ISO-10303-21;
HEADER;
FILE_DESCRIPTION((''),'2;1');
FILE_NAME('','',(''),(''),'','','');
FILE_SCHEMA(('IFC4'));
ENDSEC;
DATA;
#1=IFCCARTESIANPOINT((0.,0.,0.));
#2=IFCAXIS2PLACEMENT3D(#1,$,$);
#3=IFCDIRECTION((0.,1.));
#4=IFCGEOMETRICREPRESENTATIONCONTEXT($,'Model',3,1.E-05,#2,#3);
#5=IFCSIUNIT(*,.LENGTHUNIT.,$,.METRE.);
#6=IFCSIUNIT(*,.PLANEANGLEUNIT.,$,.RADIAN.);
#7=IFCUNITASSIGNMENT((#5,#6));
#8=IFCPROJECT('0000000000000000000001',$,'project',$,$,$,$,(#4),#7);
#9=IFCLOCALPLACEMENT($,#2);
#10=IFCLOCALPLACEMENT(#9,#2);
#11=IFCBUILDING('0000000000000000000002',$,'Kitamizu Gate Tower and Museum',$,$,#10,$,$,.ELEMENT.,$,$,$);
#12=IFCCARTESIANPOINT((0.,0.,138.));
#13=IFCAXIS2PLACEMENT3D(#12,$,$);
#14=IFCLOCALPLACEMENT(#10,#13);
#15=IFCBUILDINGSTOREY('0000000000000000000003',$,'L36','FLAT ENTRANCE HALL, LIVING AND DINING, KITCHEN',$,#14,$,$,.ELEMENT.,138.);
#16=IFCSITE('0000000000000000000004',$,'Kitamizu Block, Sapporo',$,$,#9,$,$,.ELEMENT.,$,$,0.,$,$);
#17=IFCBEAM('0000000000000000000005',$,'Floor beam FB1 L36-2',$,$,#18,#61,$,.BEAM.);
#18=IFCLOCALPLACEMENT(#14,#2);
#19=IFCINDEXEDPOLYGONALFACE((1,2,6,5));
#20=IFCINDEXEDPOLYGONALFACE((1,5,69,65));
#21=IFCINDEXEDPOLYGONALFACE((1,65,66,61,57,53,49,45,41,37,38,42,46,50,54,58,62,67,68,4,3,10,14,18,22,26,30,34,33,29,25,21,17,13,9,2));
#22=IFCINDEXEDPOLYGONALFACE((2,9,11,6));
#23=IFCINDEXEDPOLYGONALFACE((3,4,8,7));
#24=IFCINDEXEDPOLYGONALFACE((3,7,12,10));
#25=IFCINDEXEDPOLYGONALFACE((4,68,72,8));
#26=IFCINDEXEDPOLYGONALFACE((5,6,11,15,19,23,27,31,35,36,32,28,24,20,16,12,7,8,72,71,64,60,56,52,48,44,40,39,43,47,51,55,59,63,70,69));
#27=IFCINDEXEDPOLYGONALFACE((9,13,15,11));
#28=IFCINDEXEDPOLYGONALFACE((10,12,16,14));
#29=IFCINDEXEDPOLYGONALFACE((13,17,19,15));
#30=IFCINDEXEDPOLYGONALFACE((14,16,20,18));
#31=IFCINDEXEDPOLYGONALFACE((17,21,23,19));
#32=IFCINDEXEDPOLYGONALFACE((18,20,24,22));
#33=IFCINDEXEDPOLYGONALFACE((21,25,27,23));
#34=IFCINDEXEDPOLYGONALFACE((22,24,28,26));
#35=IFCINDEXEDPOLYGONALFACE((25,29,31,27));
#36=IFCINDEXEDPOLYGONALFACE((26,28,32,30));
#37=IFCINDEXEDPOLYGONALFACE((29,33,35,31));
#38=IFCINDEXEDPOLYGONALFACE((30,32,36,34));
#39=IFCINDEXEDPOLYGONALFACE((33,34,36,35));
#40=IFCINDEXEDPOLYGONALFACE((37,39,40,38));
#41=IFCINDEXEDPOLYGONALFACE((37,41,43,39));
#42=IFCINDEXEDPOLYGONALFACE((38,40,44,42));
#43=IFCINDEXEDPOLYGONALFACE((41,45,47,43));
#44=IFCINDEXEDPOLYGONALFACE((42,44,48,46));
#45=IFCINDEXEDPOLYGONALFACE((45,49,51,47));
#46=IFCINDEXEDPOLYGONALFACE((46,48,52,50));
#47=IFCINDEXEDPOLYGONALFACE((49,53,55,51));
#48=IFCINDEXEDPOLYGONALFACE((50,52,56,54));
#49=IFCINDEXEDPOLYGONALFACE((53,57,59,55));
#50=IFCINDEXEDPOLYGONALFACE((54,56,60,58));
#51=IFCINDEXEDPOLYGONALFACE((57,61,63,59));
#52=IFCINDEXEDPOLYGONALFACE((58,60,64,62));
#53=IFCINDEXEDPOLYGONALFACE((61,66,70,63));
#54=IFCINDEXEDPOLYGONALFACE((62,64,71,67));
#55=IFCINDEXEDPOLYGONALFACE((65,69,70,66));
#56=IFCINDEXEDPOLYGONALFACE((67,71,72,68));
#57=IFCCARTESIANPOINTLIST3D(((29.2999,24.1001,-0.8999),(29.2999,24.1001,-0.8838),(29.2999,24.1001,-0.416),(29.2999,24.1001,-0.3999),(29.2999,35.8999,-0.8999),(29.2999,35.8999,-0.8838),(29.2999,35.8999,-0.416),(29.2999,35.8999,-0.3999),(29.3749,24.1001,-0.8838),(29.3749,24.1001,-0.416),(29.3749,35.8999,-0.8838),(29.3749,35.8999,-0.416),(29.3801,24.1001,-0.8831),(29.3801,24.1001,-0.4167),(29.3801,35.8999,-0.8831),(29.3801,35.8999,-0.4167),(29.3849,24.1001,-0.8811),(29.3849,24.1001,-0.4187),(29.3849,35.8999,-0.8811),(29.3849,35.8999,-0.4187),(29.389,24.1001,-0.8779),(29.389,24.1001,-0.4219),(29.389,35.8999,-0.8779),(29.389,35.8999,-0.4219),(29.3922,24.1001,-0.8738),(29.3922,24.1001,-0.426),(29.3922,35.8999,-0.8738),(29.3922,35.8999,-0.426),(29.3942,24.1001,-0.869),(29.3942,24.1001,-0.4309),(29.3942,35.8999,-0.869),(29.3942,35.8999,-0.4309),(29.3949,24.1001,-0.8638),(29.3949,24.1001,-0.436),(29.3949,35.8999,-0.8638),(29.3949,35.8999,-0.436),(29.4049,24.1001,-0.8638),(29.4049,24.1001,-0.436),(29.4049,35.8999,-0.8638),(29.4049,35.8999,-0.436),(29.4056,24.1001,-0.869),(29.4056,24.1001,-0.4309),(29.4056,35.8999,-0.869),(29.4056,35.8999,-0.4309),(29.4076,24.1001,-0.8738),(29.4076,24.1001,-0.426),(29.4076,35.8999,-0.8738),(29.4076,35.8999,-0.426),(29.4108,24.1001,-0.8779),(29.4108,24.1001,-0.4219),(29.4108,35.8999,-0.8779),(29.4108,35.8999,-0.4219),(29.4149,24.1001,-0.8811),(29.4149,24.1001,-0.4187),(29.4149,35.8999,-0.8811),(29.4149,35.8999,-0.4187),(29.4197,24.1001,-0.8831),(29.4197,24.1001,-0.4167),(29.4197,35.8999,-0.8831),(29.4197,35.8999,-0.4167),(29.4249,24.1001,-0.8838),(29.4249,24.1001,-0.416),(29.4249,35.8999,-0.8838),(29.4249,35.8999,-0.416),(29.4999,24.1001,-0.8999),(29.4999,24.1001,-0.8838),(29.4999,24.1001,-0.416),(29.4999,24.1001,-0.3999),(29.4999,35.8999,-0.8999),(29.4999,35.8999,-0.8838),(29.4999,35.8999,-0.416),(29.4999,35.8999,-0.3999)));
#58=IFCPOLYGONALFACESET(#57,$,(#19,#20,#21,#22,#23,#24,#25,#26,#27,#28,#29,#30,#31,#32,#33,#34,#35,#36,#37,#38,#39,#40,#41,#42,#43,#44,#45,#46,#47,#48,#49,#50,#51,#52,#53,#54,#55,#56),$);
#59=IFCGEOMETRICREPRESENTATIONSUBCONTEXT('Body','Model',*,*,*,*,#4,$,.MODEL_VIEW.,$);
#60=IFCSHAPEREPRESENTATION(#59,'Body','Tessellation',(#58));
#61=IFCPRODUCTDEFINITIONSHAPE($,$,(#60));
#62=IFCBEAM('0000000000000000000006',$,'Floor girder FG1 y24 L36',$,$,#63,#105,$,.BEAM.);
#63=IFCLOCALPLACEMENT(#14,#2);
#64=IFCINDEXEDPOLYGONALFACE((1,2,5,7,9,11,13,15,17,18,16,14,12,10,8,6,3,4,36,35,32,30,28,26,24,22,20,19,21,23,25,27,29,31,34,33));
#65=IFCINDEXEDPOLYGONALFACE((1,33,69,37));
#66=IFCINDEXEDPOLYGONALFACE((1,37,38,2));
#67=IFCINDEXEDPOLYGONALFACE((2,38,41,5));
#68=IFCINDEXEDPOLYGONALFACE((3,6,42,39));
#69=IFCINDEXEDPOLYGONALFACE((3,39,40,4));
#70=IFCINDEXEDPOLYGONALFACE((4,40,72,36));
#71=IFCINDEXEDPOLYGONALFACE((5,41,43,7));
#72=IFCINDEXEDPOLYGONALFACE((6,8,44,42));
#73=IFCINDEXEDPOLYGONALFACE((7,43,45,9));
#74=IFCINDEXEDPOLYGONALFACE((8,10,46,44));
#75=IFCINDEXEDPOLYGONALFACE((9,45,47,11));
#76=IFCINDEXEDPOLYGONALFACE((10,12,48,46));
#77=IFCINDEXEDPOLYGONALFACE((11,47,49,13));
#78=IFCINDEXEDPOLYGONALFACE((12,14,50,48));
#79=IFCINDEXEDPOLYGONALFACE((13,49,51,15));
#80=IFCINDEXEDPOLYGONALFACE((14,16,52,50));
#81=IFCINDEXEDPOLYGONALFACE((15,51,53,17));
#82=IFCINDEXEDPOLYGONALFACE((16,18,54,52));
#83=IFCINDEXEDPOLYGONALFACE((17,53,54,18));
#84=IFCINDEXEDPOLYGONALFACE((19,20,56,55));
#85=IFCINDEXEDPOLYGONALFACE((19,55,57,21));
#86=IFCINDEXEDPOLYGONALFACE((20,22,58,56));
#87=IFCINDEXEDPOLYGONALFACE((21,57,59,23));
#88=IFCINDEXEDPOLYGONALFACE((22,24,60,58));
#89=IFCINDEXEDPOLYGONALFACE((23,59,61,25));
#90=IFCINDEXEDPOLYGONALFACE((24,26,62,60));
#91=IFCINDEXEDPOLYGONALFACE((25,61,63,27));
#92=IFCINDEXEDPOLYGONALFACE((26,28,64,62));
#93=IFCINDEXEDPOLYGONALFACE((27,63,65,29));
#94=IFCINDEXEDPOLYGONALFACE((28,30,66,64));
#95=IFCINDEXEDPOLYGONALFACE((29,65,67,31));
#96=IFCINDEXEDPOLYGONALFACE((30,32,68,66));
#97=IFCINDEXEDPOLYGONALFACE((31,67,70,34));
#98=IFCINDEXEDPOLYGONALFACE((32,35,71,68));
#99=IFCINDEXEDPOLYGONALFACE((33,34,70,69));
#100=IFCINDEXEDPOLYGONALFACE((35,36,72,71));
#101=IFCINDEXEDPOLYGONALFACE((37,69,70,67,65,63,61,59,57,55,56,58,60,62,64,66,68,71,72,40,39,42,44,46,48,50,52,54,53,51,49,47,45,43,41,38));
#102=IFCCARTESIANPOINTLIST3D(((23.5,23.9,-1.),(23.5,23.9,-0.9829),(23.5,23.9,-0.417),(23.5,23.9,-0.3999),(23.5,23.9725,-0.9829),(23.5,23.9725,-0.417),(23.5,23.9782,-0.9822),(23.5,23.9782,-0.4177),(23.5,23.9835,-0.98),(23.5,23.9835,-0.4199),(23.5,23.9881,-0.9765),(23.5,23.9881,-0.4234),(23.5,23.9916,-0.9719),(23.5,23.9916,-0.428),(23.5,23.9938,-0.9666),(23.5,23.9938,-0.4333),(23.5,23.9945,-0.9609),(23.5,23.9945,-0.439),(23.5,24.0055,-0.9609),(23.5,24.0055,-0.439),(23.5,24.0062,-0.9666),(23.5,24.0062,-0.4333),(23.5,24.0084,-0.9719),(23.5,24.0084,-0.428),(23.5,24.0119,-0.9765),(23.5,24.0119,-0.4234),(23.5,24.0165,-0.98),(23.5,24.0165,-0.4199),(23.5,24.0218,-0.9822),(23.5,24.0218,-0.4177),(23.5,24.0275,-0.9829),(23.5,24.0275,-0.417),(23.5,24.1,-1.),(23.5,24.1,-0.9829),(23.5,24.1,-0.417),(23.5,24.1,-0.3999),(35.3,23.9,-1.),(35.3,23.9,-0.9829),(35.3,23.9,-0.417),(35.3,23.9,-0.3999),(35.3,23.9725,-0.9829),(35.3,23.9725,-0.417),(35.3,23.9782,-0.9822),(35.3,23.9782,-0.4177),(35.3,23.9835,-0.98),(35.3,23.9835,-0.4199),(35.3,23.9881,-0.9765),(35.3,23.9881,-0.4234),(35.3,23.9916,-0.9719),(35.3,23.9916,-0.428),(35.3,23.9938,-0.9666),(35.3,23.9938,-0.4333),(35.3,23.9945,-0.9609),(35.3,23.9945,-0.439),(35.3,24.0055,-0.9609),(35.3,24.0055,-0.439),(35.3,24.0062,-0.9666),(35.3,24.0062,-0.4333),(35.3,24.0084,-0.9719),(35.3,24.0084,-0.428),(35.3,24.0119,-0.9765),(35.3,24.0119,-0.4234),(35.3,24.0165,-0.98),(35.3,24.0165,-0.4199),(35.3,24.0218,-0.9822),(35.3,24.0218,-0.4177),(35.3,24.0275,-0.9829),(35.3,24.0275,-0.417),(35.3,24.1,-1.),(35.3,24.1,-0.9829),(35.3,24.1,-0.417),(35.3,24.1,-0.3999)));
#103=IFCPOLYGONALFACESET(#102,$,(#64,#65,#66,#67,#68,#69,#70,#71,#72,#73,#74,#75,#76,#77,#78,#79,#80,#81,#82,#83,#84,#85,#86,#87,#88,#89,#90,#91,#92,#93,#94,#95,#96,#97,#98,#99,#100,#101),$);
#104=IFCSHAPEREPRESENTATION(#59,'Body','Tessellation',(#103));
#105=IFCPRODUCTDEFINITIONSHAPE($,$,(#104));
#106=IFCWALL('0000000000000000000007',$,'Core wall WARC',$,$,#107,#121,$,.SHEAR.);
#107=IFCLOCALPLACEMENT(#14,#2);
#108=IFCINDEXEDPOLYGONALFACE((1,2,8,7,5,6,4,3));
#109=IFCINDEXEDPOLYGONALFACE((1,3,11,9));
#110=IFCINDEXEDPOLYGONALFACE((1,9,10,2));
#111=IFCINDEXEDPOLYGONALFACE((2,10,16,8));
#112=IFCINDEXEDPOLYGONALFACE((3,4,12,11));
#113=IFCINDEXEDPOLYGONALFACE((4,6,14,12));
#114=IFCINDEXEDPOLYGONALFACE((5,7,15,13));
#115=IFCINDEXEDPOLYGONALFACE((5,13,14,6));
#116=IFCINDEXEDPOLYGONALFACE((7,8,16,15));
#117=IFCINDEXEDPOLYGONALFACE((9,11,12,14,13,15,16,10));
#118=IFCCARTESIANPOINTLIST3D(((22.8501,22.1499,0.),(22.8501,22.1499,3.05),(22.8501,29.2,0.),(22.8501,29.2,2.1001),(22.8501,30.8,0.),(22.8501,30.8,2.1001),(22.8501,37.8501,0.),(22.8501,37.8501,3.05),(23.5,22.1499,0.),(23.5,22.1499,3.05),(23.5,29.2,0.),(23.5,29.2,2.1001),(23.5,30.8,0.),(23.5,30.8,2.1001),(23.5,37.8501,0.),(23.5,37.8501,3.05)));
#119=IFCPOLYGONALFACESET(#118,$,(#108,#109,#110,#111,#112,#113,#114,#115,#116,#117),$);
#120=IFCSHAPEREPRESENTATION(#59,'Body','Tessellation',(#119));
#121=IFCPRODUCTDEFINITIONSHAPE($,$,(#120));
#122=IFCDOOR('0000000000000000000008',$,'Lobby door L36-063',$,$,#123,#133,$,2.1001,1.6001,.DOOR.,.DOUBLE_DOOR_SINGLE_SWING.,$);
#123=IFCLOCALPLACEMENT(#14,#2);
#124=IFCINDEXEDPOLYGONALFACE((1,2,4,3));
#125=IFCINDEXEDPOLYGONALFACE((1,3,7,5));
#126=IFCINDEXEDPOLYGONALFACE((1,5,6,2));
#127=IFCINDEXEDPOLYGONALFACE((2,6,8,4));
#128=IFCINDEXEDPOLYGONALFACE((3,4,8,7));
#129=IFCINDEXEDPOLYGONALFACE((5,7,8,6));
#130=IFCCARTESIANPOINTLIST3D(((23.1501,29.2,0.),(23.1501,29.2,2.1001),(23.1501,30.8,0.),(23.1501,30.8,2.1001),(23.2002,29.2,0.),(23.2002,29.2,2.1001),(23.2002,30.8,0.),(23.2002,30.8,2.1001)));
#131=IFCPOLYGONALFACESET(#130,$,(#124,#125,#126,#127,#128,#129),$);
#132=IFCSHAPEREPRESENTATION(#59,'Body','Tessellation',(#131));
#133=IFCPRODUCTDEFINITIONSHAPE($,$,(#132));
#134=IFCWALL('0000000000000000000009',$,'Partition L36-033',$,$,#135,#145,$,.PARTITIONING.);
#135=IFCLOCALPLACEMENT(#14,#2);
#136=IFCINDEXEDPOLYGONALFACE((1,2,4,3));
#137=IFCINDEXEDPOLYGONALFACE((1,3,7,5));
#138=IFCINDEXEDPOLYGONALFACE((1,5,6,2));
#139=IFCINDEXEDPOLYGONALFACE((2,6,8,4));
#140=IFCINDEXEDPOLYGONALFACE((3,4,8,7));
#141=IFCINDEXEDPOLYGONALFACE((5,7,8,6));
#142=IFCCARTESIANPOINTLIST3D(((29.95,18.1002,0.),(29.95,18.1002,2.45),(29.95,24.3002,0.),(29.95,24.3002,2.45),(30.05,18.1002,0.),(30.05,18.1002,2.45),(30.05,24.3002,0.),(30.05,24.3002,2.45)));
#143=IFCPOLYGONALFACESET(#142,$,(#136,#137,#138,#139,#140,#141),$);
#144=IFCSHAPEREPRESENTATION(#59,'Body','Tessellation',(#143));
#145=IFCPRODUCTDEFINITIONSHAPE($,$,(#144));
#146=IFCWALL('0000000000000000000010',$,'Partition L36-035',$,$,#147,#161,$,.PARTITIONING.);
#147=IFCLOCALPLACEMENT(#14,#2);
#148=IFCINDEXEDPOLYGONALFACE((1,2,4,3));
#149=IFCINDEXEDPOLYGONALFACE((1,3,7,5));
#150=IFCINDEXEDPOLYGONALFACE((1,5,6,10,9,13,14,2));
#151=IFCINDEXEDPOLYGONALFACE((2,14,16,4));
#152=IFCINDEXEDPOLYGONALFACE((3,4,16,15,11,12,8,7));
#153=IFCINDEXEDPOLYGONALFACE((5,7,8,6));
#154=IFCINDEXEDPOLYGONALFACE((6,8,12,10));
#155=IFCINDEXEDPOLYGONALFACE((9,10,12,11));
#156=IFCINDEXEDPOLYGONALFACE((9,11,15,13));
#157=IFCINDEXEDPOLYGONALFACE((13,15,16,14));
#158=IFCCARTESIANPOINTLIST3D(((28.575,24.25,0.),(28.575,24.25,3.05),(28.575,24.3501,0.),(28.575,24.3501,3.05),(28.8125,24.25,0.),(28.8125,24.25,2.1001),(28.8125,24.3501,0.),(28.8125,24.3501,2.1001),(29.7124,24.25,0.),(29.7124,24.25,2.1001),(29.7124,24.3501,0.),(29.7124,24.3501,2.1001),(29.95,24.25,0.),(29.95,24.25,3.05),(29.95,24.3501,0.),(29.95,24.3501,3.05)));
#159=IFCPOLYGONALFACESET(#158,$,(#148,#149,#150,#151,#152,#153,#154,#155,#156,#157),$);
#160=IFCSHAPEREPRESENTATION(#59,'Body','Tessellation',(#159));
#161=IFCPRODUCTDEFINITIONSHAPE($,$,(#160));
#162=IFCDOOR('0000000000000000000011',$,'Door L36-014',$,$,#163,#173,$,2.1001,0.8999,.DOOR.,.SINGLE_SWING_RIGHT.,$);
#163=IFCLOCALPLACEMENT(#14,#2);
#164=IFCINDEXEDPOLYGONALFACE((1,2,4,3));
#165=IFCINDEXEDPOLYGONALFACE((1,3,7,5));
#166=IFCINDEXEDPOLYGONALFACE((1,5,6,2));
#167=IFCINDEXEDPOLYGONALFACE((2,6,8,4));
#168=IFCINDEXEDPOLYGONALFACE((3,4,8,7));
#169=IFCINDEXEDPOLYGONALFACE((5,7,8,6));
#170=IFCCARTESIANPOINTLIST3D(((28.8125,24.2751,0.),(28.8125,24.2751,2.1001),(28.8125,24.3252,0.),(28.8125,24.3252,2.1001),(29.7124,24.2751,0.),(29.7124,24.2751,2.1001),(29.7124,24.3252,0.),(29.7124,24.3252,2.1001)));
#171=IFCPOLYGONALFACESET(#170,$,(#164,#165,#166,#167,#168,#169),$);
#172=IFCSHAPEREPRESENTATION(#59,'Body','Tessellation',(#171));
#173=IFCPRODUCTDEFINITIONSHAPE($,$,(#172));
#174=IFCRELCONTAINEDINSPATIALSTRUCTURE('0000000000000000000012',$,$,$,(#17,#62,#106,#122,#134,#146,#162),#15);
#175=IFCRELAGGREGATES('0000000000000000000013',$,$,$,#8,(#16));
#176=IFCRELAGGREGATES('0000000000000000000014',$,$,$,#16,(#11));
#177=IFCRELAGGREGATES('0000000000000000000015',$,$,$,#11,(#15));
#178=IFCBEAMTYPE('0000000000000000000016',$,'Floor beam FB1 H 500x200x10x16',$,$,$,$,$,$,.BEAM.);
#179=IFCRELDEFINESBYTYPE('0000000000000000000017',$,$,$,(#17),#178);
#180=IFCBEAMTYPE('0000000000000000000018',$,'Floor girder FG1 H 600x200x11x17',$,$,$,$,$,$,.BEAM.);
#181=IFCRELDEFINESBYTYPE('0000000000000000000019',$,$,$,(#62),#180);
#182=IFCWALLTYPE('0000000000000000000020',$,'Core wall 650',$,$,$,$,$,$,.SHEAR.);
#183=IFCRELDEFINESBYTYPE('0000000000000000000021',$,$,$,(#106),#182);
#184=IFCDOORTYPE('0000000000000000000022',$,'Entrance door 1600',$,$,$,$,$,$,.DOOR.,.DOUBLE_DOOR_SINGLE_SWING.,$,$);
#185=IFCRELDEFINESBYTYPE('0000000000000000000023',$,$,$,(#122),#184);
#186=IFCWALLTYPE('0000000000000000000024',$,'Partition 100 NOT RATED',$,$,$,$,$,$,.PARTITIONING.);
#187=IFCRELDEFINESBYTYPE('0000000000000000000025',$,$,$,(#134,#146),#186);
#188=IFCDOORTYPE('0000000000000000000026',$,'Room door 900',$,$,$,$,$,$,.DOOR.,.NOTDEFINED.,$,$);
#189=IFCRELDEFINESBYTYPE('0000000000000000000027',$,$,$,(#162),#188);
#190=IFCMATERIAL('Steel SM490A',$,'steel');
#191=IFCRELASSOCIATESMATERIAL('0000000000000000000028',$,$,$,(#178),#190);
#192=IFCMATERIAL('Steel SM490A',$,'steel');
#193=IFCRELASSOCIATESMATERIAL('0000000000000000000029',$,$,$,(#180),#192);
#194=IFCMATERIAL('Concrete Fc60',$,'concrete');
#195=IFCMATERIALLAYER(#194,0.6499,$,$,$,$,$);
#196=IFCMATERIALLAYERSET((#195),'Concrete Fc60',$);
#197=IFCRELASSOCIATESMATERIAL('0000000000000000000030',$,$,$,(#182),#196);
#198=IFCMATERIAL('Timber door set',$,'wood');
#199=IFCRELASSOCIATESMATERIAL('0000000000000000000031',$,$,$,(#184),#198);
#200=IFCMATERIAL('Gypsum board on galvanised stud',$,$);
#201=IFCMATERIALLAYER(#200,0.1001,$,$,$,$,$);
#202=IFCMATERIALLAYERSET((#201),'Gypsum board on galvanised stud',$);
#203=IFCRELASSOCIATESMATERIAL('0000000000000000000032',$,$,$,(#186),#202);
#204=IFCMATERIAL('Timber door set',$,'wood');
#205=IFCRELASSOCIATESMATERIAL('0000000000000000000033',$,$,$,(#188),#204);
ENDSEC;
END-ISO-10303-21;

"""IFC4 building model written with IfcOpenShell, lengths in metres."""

from ifc_helpers import new_model, si_unit, direction, frame, frame_2d, origin, origin_2d, place, context, subcontext, project, spatial, rectangle, i_section, extrude, material, layer, layer_set, material_profile, profile_set, type_object, element, fill, save


model = new_model("IFC4")

# Units and contexts
model_context = context("Model", 3, precision=1e-05, world=origin(), true_north=direction((0.0, 1.0)))
body_context = subcontext(model_context, "Body", "Model", "MODEL_VIEW")
ifc_project = project(units=[si_unit("LENGTHUNIT", "METRE"), si_unit("PLANEANGLEUNIT", "RADIAN")], contexts=[model_context])

# Site, building, storey
site_placement = place(None, origin())
site = spatial("IfcSite", under=ifc_project, at=site_placement, Name="Kitamizu Block, Sapporo", CompositionType="ELEMENT", RefElevation=0.0)
building_placement = place(site_placement, origin())
building = spatial("IfcBuilding", under=site, at=building_placement, Name="Kitamizu Gate Tower and Museum", CompositionType="ELEMENT")
storey_placement = place(building_placement, frame((0.0, 0.0, 138.0)))
storey = spatial("IfcBuildingStorey", under=building, at=storey_placement, Name="L36", Description="FLAT ENTRANCE HALL, LIVING AND DINING, KITCHEN", CompositionType="ELEMENT", Elevation=138.0)

# Beams
ifc_material_1 = material(Name="Steel SM490A", Category="steel")
ifc_material_profile_1 = material_profile(ifc_material_1, i_section(OverallWidth=0.2, OverallDepth=0.5, WebThickness=0.01, FlangeThickness=0.0161, FilletRadius=0.02, at=origin_2d()), Name="H-500x200x10x16")
ifc_profile_set_1 = profile_set([ifc_material_profile_1], Name="Steel SM490A")
beam_type_1 = type_object("IfcBeamType", Name="Floor beam FB1 H 500x200x10x16", PredefinedType="BEAM", material=ifc_profile_set_1)
beam_1_placement = place(storey_placement, frame((29.3999, 24.1001, -0.6499), z_axis=(0.0, 1.0, 0.0), x_axis=(-1.0, 0.0, 0.0)))
element("IfcBeam", 1, at=beam_1_placement, inside=storey, type_object=beam_type_1, Name="Floor beam FB1 L36-2", PredefinedType="BEAM", context=body_context, shape_type="SweptSolid", body=[
    extrude(i_section(OverallWidth=0.2, OverallDepth=0.5, WebThickness=0.01, FlangeThickness=0.0161, FilletRadius=0.02, at=origin_2d()), origin(), (0.0, 0.0, 1.0), 11.7998),
])
ifc_material_2 = material(Name="Steel SM490A", Category="steel")
ifc_material_profile_2 = material_profile(ifc_material_2, i_section(OverallWidth=0.2, OverallDepth=0.6001, WebThickness=0.011, FlangeThickness=0.0171, FilletRadius=0.022, at=origin_2d()), Name="H-600x200x11x17")
ifc_profile_set_2 = profile_set([ifc_material_profile_2], Name="Steel SM490A")
beam_type_2 = type_object("IfcBeamType", Name="Floor girder FG1 H 600x200x11x17", PredefinedType="BEAM", material=ifc_profile_set_2)
beam_2_placement = place(storey_placement, frame((23.5, 24.0, -0.7), z_axis=(1.0, 0.0, 0.0), x_axis=(0.0, 1.0, 0.0)))
element("IfcBeam", 2, at=beam_2_placement, inside=storey, type_object=beam_type_2, Name="Floor girder FG1 y24 L36", PredefinedType="BEAM", context=body_context, shape_type="SweptSolid", body=[
    extrude(i_section(OverallWidth=0.2, OverallDepth=0.6001, WebThickness=0.011, FlangeThickness=0.0171, FilletRadius=0.022, at=origin_2d()), origin(), (0.0, 0.0, 1.0), 11.8),
])

# Wall, opening, door
ifc_material_3 = material(Name="Concrete Fc60", Category="concrete")
ifc_layer_1 = layer(ifc_material_3, 0.6499)
ifc_layer_set_1 = layer_set([ifc_layer_1], Name="Concrete Fc60")
wall_type_1 = type_object("IfcWallType", Name="Core wall 650", PredefinedType="SHEAR", material=ifc_layer_set_1)
wall_1_placement = place(storey_placement, frame((23.175, 22.1499, 0.0), z_axis=(0.0, 0.0, 1.0), x_axis=(0.0, 1.0, 0.0)))
wall_1 = element("IfcWall", 3, at=wall_1_placement, inside=storey, type_object=wall_type_1, Name="Core wall WARC", PredefinedType="SHEAR", context=body_context, shape_type="SweptSolid", body=[
    extrude(rectangle(XDim=15.7002, YDim=0.6499, at=frame_2d((7.8501, 0.0))), origin(), (0.0, 0.0, 1.0), 3.05),
])
opening_1_placement = place(wall_1_placement, frame((7.05, 0.0, 0.0)))
opening_1 = element("IfcOpeningElement", 4, at=opening_1_placement, cuts=wall_1, PredefinedType="OPENING", context=body_context, shape_type="SweptSolid", body=[
    extrude(rectangle(XDim=1.6001, YDim=2.1001, at=frame_2d((0.8, 1.05))), frame((0.0, 0.335, 0.0), z_axis=(0.0, -1.0, 0.0), x_axis=(1.0, 0.0, 0.0)), (0.0, 0.0, 1.0), 0.6699),
])
ifc_material_4 = material(Name="Timber door set", Category="wood")
door_type_1 = type_object("IfcDoorType", Name="Entrance door 1600", OperationType="DOUBLE_DOOR_SINGLE_SWING", PredefinedType="DOOR", material=ifc_material_4)
door_1_placement = place(opening_1_placement, origin())
door_1 = element("IfcDoor", 5, at=door_1_placement, inside=storey, type_object=door_type_1, Name="Lobby door L36-063", OperationType="DOUBLE_DOOR_SINGLE_SWING", OverallHeight=2.1001, OverallWidth=1.6001, PredefinedType="DOOR", context=body_context, shape_type="SweptSolid", body=[
    extrude(rectangle(XDim=1.6001, YDim=2.1001, at=frame_2d((0.8, 1.05))), frame((0.0, 0.0249, 0.0), z_axis=(0.0, -1.0, 0.0), x_axis=(1.0, 0.0, 0.0)), (0.0, 0.0, 1.0), 0.05),
])
fill(opening_1, door_1)

# Wall
ifc_material_5 = material(Name="Gypsum board on galvanised stud")
ifc_layer_2 = layer(ifc_material_5, 0.1001)
ifc_layer_set_2 = layer_set([ifc_layer_2], Name="Gypsum board on galvanised stud")
wall_type_2 = type_object("IfcWallType", Name="Partition 100 NOT RATED", PredefinedType="PARTITIONING", material=ifc_layer_set_2)
wall_2_placement = place(storey_placement, frame((30.0, 18.1001, 0.0), z_axis=(0.0, 0.0, 1.0), x_axis=(0.0, 1.0, 0.0)))
element("IfcWall", 6, at=wall_2_placement, inside=storey, type_object=wall_type_2, Name="Partition L36-033", PredefinedType="PARTITIONING", context=body_context, shape_type="SweptSolid", body=[
    extrude(rectangle(XDim=6.2, YDim=0.1001, at=frame_2d((3.1001, 0.0))), origin(), (0.0, 0.0, 1.0), 2.45),
])

# Wall, opening, door
wall_3_placement = place(storey_placement, frame((29.95, 24.3, 0.0), z_axis=(0.0, 0.0, 1.0), x_axis=(-1.0, 0.0, 0.0)))
wall_3 = element("IfcWall", 7, at=wall_3_placement, inside=storey, type_object=wall_type_2, Name="Partition L36-035", PredefinedType="PARTITIONING", context=body_context, shape_type="SweptSolid", body=[
    extrude(rectangle(XDim=1.375, YDim=0.1001, at=frame_2d((0.6875, 0.0))), origin(), (0.0, 0.0, 1.0), 3.05),
])
opening_2_placement = place(wall_3_placement, frame((0.2375, 0.0, 0.0)))
opening_2 = element("IfcOpeningElement", 8, at=opening_2_placement, cuts=wall_3, PredefinedType="OPENING", context=body_context, shape_type="SweptSolid", body=[
    extrude(rectangle(XDim=0.8999, YDim=2.1001, at=frame_2d((0.45, 1.05))), frame((0.0, 0.0601, 0.0), z_axis=(0.0, -1.0, 0.0), x_axis=(1.0, 0.0, 0.0)), (0.0, 0.0, 1.0), 0.1201),
])
ifc_material_6 = material(Name="Timber door set", Category="wood")
door_type_2 = type_object("IfcDoorType", Name="Room door 900", OperationType="NOTDEFINED", PredefinedType="DOOR", material=ifc_material_6)
door_2_placement = place(opening_2_placement, origin())
door_2 = element("IfcDoor", 9, at=door_2_placement, inside=storey, type_object=door_type_2, Name="Door L36-014", OperationType="SINGLE_SWING_RIGHT", OverallHeight=2.1001, OverallWidth=0.8999, PredefinedType="DOOR", context=body_context, shape_type="SweptSolid", body=[
    extrude(rectangle(XDim=0.8999, YDim=2.1001, at=frame_2d((0.45, 1.05))), frame((0.0, 0.0249, 0.0), z_axis=(0.0, -1.0, 0.0), x_axis=(1.0, 0.0, 0.0)), (0.0, 0.0, 1.0), 0.05),
])
fill(opening_2, door_2)

save(model, "model.ifc")
